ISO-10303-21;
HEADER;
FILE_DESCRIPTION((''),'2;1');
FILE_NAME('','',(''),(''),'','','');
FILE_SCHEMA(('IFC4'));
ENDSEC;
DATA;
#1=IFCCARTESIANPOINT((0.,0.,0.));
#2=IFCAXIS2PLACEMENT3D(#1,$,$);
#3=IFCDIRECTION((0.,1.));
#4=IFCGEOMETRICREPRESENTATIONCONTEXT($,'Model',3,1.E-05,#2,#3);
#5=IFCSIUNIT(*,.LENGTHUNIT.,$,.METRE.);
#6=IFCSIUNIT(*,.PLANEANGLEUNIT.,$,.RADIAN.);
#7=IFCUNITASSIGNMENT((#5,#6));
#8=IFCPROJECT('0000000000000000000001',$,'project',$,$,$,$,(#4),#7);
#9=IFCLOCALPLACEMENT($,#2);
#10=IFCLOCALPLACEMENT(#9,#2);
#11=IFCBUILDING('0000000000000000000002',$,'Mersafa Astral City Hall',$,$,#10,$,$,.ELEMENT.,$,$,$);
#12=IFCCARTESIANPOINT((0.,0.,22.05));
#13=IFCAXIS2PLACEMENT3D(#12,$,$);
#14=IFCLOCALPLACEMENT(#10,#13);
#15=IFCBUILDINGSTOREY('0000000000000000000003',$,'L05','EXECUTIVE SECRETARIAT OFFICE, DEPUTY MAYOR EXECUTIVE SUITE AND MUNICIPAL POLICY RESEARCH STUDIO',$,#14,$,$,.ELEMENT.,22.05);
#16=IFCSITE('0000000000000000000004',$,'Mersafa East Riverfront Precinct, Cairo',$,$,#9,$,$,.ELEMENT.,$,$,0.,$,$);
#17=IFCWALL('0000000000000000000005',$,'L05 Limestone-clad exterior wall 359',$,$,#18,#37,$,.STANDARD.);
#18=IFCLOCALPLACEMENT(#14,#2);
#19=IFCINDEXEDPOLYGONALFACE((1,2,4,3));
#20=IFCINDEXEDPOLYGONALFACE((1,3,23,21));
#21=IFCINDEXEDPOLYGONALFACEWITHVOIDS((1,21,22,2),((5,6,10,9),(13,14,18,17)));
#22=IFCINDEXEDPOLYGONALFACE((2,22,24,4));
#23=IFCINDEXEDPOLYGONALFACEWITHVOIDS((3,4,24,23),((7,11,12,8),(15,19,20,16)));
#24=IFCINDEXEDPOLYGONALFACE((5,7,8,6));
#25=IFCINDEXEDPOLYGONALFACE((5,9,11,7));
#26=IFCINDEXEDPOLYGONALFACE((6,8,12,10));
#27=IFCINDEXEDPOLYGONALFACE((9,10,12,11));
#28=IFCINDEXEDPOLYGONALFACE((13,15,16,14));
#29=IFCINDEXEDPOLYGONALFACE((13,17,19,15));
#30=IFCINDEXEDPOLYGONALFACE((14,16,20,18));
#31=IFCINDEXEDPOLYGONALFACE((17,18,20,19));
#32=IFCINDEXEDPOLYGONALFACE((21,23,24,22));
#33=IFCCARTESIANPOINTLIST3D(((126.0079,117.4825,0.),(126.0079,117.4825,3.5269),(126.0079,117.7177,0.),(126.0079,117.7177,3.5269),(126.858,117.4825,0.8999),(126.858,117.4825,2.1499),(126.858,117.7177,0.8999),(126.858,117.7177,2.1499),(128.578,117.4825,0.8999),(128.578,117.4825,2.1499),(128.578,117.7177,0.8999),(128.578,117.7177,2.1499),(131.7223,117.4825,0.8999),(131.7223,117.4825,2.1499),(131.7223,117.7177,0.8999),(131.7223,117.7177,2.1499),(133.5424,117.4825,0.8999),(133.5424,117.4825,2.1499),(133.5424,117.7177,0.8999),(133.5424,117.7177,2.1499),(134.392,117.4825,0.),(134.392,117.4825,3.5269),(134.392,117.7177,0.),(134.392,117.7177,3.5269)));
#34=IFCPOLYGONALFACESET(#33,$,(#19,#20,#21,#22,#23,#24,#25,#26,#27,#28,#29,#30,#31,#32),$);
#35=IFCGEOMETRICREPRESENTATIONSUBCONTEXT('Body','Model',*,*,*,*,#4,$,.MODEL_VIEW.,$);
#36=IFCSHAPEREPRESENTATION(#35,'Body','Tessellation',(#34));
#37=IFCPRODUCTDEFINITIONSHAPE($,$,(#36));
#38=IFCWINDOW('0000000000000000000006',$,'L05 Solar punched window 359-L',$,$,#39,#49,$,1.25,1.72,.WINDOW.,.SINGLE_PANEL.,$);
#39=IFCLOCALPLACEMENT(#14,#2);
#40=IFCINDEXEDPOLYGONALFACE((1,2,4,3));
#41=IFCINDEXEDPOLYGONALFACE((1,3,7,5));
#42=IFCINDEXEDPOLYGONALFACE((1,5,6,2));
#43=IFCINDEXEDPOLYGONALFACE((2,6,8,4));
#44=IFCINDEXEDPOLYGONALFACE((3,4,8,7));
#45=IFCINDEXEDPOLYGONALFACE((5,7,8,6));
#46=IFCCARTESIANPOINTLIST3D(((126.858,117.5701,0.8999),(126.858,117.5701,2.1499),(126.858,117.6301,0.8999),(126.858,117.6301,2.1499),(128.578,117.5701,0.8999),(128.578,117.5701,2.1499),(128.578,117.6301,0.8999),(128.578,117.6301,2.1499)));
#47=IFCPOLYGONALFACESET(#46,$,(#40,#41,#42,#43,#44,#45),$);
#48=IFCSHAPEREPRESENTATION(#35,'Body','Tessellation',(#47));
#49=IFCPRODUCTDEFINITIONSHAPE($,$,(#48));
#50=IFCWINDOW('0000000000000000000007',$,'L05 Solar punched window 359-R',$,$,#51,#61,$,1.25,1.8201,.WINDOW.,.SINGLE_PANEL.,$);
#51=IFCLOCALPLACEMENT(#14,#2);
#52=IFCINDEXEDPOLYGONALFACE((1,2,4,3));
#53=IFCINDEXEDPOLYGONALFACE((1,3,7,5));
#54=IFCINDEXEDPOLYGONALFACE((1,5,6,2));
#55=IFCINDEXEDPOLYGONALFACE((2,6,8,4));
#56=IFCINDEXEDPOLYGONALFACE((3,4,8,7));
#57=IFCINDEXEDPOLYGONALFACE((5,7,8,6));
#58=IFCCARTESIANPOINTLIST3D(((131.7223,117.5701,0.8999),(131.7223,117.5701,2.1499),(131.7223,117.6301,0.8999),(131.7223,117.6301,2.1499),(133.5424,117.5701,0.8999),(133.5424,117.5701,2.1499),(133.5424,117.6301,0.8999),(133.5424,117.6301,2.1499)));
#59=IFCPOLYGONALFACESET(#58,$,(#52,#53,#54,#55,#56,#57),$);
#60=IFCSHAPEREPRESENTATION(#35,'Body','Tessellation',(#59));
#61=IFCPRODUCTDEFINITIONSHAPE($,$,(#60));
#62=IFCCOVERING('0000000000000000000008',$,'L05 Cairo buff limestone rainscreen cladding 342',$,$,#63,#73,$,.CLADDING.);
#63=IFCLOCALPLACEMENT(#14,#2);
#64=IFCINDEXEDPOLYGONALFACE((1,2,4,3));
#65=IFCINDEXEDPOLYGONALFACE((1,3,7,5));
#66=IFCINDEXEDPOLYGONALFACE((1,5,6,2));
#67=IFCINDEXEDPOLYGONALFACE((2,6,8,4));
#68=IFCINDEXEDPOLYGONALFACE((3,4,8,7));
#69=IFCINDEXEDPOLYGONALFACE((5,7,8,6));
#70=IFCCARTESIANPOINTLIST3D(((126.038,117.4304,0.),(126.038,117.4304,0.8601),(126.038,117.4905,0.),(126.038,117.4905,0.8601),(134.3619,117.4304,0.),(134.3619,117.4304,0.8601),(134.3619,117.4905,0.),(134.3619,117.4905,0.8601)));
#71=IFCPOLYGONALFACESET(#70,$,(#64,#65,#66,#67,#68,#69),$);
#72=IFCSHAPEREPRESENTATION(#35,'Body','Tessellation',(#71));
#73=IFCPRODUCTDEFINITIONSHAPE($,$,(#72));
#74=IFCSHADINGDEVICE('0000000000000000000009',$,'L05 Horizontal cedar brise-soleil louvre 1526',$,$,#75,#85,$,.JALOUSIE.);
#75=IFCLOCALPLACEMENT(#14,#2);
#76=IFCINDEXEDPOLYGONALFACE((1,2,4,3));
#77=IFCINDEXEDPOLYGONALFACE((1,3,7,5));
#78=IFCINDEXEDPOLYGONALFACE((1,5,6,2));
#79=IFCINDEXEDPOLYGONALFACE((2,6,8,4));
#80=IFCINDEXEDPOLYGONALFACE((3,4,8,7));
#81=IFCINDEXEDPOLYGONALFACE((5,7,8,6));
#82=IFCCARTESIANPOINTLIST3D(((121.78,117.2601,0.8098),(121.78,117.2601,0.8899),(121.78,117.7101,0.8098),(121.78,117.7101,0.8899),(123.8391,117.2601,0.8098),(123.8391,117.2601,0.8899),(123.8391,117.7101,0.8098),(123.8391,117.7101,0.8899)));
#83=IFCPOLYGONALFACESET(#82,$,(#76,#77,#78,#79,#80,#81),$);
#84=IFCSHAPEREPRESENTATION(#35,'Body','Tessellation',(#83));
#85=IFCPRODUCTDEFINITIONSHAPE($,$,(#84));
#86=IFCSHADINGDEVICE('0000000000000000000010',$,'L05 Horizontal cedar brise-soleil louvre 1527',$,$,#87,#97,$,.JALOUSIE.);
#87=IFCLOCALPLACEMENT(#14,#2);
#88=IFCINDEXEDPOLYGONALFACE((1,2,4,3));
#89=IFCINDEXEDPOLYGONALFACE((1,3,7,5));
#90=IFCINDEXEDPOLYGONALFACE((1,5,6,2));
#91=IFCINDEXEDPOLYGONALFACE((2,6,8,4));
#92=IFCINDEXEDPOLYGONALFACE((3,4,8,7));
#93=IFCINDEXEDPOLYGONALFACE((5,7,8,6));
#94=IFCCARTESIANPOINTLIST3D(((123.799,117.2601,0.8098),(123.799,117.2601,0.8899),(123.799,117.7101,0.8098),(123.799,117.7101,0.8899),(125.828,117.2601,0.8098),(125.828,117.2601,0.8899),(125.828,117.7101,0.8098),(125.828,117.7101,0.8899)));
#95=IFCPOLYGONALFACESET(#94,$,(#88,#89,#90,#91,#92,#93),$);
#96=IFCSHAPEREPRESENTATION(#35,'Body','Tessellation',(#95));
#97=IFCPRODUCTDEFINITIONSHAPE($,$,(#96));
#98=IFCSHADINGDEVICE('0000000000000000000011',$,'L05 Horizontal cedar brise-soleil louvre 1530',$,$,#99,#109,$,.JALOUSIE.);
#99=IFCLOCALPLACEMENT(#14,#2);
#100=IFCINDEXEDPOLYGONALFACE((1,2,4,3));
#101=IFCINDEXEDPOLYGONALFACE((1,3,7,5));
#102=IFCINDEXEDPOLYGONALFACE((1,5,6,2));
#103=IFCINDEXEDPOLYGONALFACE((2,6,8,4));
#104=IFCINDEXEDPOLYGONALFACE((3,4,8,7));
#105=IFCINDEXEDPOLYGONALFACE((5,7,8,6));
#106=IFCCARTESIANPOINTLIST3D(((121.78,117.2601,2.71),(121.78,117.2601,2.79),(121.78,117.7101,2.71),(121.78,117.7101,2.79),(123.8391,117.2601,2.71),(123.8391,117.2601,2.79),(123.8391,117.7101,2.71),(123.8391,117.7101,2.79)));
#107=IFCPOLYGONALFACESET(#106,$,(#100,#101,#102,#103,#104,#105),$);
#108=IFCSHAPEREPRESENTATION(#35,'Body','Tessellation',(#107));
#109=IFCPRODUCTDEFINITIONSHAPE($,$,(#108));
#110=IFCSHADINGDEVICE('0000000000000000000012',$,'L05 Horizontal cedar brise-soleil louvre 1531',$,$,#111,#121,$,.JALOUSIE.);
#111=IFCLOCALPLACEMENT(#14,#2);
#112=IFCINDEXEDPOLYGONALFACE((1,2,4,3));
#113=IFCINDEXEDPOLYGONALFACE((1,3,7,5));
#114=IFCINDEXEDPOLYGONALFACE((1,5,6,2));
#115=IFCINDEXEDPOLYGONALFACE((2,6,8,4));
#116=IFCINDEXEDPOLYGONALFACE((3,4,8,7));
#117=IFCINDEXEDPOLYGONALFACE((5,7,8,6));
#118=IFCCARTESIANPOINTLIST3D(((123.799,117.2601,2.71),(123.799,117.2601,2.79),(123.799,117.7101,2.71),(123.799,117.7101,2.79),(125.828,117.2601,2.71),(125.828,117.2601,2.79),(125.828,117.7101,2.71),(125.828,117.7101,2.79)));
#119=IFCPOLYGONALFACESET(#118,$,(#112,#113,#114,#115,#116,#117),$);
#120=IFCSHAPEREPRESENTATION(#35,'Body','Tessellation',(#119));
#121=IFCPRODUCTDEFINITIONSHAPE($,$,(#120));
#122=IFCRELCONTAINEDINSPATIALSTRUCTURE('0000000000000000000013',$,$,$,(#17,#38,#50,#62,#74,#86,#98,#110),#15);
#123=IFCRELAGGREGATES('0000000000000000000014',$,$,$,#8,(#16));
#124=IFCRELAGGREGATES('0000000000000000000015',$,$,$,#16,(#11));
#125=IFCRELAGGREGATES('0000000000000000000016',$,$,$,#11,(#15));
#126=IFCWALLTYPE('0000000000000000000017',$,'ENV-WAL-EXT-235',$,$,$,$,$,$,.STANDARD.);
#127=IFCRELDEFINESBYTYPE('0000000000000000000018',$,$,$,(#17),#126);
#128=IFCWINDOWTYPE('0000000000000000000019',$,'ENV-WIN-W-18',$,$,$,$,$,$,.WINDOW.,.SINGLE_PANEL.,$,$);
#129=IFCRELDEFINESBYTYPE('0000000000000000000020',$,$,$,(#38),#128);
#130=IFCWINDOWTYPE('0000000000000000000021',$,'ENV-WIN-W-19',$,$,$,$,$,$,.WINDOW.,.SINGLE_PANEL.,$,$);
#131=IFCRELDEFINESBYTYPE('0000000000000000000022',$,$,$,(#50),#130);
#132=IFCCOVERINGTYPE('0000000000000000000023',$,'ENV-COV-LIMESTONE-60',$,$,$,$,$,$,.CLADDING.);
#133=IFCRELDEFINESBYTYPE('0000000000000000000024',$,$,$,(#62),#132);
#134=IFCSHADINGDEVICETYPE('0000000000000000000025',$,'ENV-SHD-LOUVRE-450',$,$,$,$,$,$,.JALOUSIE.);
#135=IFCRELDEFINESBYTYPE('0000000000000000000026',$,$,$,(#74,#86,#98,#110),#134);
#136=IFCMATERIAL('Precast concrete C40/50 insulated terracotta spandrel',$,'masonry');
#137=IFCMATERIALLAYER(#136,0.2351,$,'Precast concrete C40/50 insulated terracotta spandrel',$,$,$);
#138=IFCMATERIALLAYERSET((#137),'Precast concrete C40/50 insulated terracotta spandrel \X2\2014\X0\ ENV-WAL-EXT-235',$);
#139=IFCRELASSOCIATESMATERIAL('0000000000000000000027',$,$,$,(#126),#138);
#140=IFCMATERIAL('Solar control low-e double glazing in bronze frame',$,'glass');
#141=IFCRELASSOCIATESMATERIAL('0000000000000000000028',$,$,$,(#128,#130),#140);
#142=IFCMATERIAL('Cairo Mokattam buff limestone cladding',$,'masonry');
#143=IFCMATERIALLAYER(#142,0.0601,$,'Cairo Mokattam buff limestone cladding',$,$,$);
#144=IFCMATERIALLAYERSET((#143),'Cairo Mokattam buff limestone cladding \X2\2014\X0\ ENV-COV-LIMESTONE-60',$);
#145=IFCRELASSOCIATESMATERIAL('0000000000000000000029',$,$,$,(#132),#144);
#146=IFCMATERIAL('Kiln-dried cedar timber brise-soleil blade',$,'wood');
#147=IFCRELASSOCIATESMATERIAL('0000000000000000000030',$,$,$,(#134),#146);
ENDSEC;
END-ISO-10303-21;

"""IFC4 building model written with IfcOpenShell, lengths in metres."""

from ifc_helpers import new_model, si_unit, direction, frame, frame_2d, origin, origin_2d, place, context, subcontext, project, spatial, rectangle, extrude, material, layer, layer_set, type_object, element, fill, save


model = new_model("IFC4")

# Units and contexts
model_context = context("Model", 3, precision=1e-05, world=origin(), true_north=direction((0.0, 1.0)))
body_context = subcontext(model_context, "Body", "Model", "MODEL_VIEW")
ifc_project = project(units=[si_unit("LENGTHUNIT", "METRE"), si_unit("PLANEANGLEUNIT", "RADIAN")], contexts=[model_context])

# Site, building, storey
site_placement = place(None, origin())
site = spatial("IfcSite", under=ifc_project, at=site_placement, Name="Mersafa East Riverfront Precinct, Cairo", CompositionType="ELEMENT", RefElevation=0.0)
building_placement = place(site_placement, origin())
building = spatial("IfcBuilding", under=site, at=building_placement, Name="Mersafa Astral City Hall", CompositionType="ELEMENT")
storey_placement = place(building_placement, frame((0.0, 0.0, 22.05)))
storey = spatial("IfcBuildingStorey", under=building, at=storey_placement, Name="L05", Description="EXECUTIVE SECRETARIAT OFFICE, DEPUTY MAYOR EXECUTIVE SUITE AND MUNICIPAL POLICY RESEARCH STUDIO", CompositionType="ELEMENT", Elevation=22.05)

# Wall, openings, windows
ifc_material_1 = material(Name="Precast concrete C40/50 insulated terracotta spandrel", Category="masonry")
ifc_layer_1 = layer(ifc_material_1, 0.2351, Name="Precast concrete C40/50 insulated terracotta spandrel")
ifc_layer_set_1 = layer_set([ifc_layer_1], Name="Precast concrete C40/50 insulated terracotta spandrel — ENV-WAL-EXT-235")
wall_type = type_object("IfcWallType", Name="ENV-WAL-EXT-235", PredefinedType="STANDARD", material=ifc_layer_set_1)
wall_placement = place(storey_placement, frame((126.0081, 117.6001, 0.0), z_axis=(0.0, 0.0, 1.0), x_axis=(1.0, 0.0, 0.0)))
wall = element("IfcWall", 1, at=wall_placement, inside=storey, type_object=wall_type, Name="L05 Limestone-clad exterior wall 359", PredefinedType="STANDARD", context=body_context, shape_type="SweptSolid", body=[
    extrude(rectangle(XDim=8.384, YDim=0.2351, at=frame_2d((4.1919, 0.0))), origin(), (0.0, 0.0, 1.0), 3.5269),
])
opening_1_placement = place(wall_placement, frame((0.8501, 0.0, 0.8999)))
opening_1 = element("IfcOpeningElement", 2, at=opening_1_placement, cuts=wall, PredefinedType="OPENING", context=body_context, shape_type="SweptSolid", body=[
    extrude(rectangle(XDim=1.72, YDim=1.25, at=frame_2d((0.8599, 0.625))), frame((0.0, 0.1274, 0.0), z_axis=(0.0, -1.0, 0.0), x_axis=(1.0, 0.0, 0.0)), (0.0, 0.0, 1.0), 0.2551),
])
opening_2_placement = place(wall_placement, frame((5.7141, 0.0, 0.8999)))
opening_2 = element("IfcOpeningElement", 3, at=opening_2_placement, cuts=wall, PredefinedType="OPENING", context=body_context, shape_type="SweptSolid", body=[
    extrude(rectangle(XDim=1.8201, YDim=1.25, at=frame_2d((0.9102, 0.625))), frame((0.0, 0.1274, 0.0), z_axis=(0.0, -1.0, 0.0), x_axis=(1.0, 0.0, 0.0)), (0.0, 0.0, 1.0), 0.2551),
])
ifc_material_2 = material(Name="Solar control low-e double glazing in bronze frame", Category="glass")
window_type_1 = type_object("IfcWindowType", Name="ENV-WIN-W-18", PartitioningType="SINGLE_PANEL", PredefinedType="WINDOW", material=ifc_material_2)
window_1_placement = place(opening_1_placement, origin())
window_1 = element("IfcWindow", 4, at=window_1_placement, inside=storey, type_object=window_type_1, Name="L05 Solar punched window 359-L", OverallHeight=1.25, OverallWidth=1.72, PartitioningType="SINGLE_PANEL", PredefinedType="WINDOW", context=body_context, shape_type="SweptSolid", body=[
    extrude(rectangle(XDim=1.72, YDim=1.25, at=frame_2d((0.8599, 0.625))), frame((0.0, 0.03, 0.0), z_axis=(0.0, -1.0, 0.0), x_axis=(1.0, 0.0, 0.0)), (0.0, 0.0, 1.0), 0.0601),
])
fill(opening_1, window_1)
window_type_2 = type_object("IfcWindowType", Name="ENV-WIN-W-19", PartitioningType="SINGLE_PANEL", PredefinedType="WINDOW", material=ifc_material_2)
window_2_placement = place(opening_2_placement, origin())
window_2 = element("IfcWindow", 5, at=window_2_placement, inside=storey, type_object=window_type_2, Name="L05 Solar punched window 359-R", OverallHeight=1.25, OverallWidth=1.8201, PartitioningType="SINGLE_PANEL", PredefinedType="WINDOW", context=body_context, shape_type="SweptSolid", body=[
    extrude(rectangle(XDim=1.8201, YDim=1.25, at=frame_2d((0.9102, 0.625))), frame((0.0, 0.03, 0.0), z_axis=(0.0, -1.0, 0.0), x_axis=(1.0, 0.0, 0.0)), (0.0, 0.0, 1.0), 0.0601),
])
fill(opening_2, window_2)

# Covering
ifc_material_3 = material(Name="Cairo Mokattam buff limestone cladding", Category="masonry")
ifc_layer_2 = layer(ifc_material_3, 0.0601, Name="Cairo Mokattam buff limestone cladding")
ifc_layer_set_2 = layer_set([ifc_layer_2], Name="Cairo Mokattam buff limestone cladding — ENV-COV-LIMESTONE-60")
covering_type = type_object("IfcCoveringType", Name="ENV-COV-LIMESTONE-60", PredefinedType="CLADDING", material=ifc_layer_set_2)
covering_placement = place(storey_placement, frame((130.2, 117.4604, 0.0), z_axis=(0.0, 0.0, 1.0), x_axis=(1.0, 0.0, 0.0)))
element("IfcCovering", 6, at=covering_placement, inside=storey, type_object=covering_type, Name="L05 Cairo buff limestone rainscreen cladding 342", PredefinedType="CLADDING", context=body_context, shape_type="SweptSolid", body=[
    extrude(rectangle(XDim=8.324, YDim=0.0601, at=origin_2d()), origin(), (0.0, 0.0, 1.0), 0.8601),
])

# Shading devices
ifc_material_4 = material(Name="Kiln-dried cedar timber brise-soleil blade", Category="wood")
shading_device_type = type_object("IfcShadingDeviceType", Name="ENV-SHD-LOUVRE-450", PredefinedType="JALOUSIE", material=ifc_material_4)
shading_device_1_placement = place(storey_placement, frame((122.8096, 117.4851, 0.8098), z_axis=(0.0, 0.0, 1.0), x_axis=(1.0, 0.0, 0.0)))
element("IfcShadingDevice", 7, at=shading_device_1_placement, inside=storey, type_object=shading_device_type, Name="L05 Horizontal cedar brise-soleil louvre 1526", PredefinedType="JALOUSIE", context=body_context, shape_type="SweptSolid", body=[
    extrude(rectangle(XDim=2.0591, YDim=0.45, at=origin_2d()), origin(), (0.0, 0.0, 1.0), 0.0801),
])
shading_device_2_placement = place(storey_placement, frame((124.8135, 117.4851, 0.8098), z_axis=(0.0, 0.0, 1.0), x_axis=(1.0, 0.0, 0.0)))
element("IfcShadingDevice", 8, at=shading_device_2_placement, inside=storey, type_object=shading_device_type, Name="L05 Horizontal cedar brise-soleil louvre 1527", PredefinedType="JALOUSIE", context=body_context, shape_type="SweptSolid", body=[
    extrude(rectangle(XDim=2.0291, YDim=0.45, at=origin_2d()), origin(), (0.0, 0.0, 1.0), 0.0801),
])
shading_device_3_placement = place(storey_placement, frame((122.8096, 117.4851, 2.71), z_axis=(0.0, 0.0, 1.0), x_axis=(1.0, 0.0, 0.0)))
element("IfcShadingDevice", 9, at=shading_device_3_placement, inside=storey, type_object=shading_device_type, Name="L05 Horizontal cedar brise-soleil louvre 1530", PredefinedType="JALOUSIE", context=body_context, shape_type="SweptSolid", body=[
    extrude(rectangle(XDim=2.0591, YDim=0.45, at=origin_2d()), origin(), (0.0, 0.0, 1.0), 0.0801),
])
shading_device_4_placement = place(storey_placement, frame((124.8135, 117.4851, 2.71), z_axis=(0.0, 0.0, 1.0), x_axis=(1.0, 0.0, 0.0)))
element("IfcShadingDevice", 10, at=shading_device_4_placement, inside=storey, type_object=shading_device_type, Name="L05 Horizontal cedar brise-soleil louvre 1531", PredefinedType="JALOUSIE", context=body_context, shape_type="SweptSolid", body=[
    extrude(rectangle(XDim=2.0291, YDim=0.45, at=origin_2d()), origin(), (0.0, 0.0, 1.0), 0.0801),
])

save(model, "model.ifc")
